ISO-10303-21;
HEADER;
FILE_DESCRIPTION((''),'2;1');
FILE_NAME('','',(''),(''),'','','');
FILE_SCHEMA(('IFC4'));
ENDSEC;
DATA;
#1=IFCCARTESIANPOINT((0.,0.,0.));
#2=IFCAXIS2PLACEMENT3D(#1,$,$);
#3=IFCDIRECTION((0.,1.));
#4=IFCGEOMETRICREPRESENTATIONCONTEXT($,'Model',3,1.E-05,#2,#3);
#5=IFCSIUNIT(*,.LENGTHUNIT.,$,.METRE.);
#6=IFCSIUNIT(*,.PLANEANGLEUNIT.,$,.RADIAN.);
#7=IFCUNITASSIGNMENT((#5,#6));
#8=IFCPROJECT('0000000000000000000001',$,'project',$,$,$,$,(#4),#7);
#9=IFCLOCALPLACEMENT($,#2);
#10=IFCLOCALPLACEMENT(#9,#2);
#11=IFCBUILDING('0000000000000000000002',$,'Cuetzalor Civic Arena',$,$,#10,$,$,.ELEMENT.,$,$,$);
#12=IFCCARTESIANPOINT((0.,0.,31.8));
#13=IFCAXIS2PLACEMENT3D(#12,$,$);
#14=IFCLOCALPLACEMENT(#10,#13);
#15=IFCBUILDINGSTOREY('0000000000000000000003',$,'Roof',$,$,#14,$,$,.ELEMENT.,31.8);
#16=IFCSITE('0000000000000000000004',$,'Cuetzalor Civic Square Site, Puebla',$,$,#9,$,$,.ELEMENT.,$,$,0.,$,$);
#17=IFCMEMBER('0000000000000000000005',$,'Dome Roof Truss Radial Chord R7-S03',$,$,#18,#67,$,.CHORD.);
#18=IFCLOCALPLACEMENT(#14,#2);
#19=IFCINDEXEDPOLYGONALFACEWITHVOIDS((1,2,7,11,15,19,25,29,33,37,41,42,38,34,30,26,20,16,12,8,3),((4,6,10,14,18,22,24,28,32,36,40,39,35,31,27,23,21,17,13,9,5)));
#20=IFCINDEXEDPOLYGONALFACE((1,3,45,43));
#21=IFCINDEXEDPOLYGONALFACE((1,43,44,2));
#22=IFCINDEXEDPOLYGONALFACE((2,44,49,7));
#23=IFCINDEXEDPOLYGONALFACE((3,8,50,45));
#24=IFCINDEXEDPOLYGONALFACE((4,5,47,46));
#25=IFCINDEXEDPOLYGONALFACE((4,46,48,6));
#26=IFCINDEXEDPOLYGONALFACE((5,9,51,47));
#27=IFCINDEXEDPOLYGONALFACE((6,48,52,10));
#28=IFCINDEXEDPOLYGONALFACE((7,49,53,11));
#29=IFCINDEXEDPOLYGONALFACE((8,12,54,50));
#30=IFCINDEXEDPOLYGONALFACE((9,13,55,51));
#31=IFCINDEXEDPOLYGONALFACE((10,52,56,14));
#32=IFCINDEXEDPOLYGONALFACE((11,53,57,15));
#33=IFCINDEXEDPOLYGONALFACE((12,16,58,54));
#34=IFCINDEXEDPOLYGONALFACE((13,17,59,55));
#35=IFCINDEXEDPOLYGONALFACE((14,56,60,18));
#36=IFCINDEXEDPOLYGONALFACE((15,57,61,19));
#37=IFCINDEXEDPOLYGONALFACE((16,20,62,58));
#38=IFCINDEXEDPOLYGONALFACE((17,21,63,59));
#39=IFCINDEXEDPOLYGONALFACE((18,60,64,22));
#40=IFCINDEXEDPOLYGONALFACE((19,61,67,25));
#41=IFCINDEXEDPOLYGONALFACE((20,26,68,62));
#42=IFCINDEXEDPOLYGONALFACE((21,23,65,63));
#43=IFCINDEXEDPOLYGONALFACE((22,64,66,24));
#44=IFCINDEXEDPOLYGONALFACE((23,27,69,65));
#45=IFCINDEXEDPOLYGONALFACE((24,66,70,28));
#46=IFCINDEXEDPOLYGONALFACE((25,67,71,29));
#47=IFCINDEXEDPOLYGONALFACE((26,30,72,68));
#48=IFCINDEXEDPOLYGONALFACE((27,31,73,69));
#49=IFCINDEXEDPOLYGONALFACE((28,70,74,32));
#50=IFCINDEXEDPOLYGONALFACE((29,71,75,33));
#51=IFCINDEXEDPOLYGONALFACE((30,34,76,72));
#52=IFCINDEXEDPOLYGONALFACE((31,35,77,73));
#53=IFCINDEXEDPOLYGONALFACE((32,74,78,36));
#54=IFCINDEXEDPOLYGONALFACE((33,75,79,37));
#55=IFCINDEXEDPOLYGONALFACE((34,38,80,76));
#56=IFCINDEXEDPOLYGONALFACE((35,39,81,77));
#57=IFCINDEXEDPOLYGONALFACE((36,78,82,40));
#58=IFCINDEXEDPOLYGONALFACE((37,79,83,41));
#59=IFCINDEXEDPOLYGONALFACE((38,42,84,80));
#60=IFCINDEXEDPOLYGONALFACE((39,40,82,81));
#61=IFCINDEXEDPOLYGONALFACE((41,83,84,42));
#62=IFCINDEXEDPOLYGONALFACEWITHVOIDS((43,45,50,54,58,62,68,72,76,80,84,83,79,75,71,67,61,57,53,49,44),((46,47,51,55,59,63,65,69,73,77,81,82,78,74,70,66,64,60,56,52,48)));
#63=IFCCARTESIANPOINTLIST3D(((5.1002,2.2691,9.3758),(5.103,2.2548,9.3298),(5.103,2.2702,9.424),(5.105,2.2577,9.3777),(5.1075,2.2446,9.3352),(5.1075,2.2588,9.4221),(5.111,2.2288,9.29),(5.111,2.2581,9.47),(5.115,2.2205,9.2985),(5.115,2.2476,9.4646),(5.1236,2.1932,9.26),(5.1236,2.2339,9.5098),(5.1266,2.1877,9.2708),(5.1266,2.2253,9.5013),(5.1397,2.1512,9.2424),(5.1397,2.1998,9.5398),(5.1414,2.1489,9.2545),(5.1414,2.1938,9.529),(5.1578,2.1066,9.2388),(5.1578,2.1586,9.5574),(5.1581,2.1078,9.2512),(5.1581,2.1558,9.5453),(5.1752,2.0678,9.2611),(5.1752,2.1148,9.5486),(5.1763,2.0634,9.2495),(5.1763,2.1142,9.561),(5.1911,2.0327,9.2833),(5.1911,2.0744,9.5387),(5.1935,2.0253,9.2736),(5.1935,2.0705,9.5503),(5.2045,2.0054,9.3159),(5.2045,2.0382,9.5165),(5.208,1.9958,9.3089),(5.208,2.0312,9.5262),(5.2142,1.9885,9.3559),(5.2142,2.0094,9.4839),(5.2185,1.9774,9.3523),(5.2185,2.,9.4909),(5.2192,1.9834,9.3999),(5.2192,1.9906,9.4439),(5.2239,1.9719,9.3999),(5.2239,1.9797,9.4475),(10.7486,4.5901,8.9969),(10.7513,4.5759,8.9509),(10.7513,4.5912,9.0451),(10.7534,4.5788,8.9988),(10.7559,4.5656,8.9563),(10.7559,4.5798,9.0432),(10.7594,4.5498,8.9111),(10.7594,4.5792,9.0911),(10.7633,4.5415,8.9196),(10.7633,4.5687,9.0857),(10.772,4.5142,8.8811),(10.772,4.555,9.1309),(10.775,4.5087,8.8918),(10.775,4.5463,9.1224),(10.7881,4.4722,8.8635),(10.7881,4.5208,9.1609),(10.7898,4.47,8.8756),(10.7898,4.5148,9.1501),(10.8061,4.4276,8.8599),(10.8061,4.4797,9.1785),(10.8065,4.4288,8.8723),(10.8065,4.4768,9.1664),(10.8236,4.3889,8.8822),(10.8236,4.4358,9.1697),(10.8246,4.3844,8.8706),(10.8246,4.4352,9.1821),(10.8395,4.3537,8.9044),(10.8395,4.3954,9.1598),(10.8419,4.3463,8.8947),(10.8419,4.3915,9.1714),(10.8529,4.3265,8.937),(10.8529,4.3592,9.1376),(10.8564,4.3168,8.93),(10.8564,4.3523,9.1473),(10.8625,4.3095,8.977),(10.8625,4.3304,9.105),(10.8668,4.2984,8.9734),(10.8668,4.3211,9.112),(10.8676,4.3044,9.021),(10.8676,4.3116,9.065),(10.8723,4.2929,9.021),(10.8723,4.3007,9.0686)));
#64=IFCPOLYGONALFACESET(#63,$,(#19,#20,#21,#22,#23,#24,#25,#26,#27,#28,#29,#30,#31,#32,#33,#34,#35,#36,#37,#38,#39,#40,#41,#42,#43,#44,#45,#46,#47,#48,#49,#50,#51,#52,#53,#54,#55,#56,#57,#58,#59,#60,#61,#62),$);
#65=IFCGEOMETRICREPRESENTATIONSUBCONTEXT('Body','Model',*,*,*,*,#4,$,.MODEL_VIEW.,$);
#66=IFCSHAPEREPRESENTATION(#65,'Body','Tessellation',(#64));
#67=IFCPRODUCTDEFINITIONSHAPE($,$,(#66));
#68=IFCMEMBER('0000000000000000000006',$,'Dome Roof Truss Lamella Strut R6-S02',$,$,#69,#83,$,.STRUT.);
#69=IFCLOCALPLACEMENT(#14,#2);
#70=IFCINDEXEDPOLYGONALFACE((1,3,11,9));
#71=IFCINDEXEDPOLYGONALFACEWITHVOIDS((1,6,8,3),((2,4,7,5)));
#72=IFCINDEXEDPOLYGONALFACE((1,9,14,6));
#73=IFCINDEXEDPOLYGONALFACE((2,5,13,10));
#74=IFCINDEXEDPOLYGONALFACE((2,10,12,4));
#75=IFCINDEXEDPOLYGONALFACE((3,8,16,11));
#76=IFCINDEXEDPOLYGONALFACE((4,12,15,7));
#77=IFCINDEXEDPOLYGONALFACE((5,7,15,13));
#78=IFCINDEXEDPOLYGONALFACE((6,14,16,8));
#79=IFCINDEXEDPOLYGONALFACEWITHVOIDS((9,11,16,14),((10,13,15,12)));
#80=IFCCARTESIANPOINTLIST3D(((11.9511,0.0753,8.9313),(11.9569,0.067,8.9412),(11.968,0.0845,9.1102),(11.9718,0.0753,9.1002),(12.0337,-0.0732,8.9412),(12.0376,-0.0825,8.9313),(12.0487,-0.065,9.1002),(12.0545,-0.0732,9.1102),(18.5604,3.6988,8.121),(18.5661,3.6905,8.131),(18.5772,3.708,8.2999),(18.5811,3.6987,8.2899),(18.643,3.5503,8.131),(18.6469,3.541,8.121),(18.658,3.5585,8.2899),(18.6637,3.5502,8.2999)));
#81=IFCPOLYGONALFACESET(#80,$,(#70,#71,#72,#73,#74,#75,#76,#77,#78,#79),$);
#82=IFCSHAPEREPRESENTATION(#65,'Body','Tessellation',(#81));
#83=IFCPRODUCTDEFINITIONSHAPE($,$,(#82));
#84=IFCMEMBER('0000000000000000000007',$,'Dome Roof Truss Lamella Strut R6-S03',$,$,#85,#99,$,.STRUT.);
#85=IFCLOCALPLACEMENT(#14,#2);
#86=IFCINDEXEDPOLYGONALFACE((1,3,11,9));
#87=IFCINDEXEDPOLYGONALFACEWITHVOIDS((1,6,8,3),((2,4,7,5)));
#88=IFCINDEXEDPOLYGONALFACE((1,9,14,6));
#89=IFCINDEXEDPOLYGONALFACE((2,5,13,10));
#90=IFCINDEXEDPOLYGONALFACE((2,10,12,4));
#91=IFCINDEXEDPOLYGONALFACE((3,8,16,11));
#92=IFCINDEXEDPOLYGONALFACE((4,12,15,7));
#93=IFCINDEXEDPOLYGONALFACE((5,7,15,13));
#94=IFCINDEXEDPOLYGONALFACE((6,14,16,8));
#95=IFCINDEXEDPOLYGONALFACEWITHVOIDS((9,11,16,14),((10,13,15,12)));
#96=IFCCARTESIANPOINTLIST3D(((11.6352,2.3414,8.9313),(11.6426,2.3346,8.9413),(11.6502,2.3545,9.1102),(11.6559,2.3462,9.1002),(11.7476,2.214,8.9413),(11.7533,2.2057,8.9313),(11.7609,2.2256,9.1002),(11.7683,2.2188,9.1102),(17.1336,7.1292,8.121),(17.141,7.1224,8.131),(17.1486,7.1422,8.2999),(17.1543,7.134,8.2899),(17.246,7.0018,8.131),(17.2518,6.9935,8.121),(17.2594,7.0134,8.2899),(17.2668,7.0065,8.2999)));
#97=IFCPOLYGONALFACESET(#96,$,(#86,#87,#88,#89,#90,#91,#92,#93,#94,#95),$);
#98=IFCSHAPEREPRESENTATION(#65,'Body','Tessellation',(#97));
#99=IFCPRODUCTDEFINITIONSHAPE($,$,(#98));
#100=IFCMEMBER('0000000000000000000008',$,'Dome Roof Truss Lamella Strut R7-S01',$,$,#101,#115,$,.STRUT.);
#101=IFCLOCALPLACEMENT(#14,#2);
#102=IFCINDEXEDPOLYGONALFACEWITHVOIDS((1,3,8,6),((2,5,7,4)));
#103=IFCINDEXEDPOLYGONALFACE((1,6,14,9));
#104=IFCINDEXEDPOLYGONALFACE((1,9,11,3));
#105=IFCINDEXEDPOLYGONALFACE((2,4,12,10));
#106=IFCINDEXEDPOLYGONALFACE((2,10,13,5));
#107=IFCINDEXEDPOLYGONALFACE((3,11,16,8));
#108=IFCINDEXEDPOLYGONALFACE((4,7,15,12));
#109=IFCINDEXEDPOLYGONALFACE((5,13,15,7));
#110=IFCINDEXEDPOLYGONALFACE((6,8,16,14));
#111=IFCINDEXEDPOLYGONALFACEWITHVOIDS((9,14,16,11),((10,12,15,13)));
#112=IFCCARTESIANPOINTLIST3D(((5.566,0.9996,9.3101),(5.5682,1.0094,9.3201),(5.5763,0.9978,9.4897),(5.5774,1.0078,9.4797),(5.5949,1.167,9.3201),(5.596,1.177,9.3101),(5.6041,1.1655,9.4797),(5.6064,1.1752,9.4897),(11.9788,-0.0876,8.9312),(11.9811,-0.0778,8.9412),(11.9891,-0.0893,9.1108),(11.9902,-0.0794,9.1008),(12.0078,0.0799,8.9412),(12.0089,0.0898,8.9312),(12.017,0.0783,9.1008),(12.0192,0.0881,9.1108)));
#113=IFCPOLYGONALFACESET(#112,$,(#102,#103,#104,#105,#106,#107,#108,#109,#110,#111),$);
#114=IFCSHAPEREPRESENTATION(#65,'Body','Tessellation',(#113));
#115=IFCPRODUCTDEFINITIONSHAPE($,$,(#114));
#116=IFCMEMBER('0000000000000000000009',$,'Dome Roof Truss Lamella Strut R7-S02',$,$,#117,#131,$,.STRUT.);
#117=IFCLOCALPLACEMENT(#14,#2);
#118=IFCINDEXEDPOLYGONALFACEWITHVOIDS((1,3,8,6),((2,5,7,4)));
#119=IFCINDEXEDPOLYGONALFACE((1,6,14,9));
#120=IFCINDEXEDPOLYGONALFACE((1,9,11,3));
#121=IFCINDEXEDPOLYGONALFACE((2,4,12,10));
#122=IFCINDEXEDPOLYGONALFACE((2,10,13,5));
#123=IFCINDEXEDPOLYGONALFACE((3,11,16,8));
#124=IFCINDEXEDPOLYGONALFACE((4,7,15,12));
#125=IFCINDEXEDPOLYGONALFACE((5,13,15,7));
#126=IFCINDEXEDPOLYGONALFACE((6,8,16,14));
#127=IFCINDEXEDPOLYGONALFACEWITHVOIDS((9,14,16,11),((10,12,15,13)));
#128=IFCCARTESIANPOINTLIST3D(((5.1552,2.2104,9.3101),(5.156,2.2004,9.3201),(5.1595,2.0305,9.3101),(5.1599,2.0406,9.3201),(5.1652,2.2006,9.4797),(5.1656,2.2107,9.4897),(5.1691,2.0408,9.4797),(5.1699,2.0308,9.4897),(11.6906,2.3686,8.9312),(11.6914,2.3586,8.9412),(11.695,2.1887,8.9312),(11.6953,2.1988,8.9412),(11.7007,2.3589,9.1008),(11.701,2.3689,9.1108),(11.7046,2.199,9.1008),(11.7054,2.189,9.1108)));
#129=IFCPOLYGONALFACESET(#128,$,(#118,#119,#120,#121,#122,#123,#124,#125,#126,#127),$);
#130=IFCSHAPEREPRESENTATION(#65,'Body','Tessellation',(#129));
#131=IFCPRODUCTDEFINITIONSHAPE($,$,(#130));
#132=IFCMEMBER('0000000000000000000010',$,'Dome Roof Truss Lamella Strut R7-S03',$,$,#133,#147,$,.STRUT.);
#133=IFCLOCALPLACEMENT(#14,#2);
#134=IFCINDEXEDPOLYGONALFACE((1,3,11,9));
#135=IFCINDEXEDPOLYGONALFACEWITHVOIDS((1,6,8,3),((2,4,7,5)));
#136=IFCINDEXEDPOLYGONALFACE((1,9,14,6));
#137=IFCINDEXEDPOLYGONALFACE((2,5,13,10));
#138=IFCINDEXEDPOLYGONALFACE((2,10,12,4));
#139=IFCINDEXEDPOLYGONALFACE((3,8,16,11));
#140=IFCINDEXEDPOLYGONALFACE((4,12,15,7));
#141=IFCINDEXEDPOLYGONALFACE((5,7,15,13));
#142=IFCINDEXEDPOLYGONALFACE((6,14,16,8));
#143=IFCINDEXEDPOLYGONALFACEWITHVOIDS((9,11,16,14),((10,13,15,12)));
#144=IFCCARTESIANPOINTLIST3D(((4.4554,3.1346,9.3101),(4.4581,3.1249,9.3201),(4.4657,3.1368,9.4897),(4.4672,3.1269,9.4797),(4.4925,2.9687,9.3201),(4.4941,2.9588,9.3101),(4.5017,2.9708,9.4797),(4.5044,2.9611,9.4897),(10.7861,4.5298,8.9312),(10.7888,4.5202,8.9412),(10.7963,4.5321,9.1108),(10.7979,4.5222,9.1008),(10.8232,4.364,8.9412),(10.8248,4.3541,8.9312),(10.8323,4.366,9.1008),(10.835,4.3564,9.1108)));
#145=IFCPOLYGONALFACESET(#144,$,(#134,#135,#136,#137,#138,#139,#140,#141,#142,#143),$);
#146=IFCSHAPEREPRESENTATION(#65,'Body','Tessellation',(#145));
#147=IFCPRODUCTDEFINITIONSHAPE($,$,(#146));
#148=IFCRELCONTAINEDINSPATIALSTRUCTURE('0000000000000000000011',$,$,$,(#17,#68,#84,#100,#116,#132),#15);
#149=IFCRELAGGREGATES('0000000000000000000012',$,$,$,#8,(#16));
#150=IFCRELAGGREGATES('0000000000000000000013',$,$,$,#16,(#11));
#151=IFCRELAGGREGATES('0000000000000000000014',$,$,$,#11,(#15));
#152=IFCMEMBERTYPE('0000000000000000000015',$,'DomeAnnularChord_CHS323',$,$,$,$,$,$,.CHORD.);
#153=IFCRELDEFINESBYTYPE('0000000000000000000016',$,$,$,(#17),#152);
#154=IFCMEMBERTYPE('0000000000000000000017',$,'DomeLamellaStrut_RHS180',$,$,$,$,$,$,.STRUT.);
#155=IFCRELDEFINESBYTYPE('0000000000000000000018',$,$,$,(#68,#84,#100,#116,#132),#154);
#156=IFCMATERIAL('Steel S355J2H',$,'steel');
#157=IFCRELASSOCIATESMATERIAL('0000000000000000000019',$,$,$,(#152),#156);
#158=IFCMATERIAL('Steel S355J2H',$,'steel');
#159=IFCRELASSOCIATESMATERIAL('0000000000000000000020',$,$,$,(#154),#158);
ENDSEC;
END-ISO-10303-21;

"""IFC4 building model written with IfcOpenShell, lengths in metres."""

from ifc_helpers import new_model, si_unit, direction, frame, origin, origin_2d, place, context, subcontext, project, spatial, hollow_rectangle, hollow_circle, extrude, material, material_profile, profile_set, type_object, element, save


model = new_model("IFC4")

# Units and contexts
model_context = context("Model", 3, precision=1e-05, world=origin(), true_north=direction((0.0, 1.0)))
body_context = subcontext(model_context, "Body", "Model", "MODEL_VIEW")
ifc_project = project(units=[si_unit("LENGTHUNIT", "METRE"), si_unit("PLANEANGLEUNIT", "RADIAN")], contexts=[model_context])

# Site, building, storey
site_placement = place(None, origin())
site = spatial("IfcSite", under=ifc_project, at=site_placement, Name="Cuetzalor Civic Square Site, Puebla", CompositionType="ELEMENT", RefElevation=0.0)
building_placement = place(site_placement, origin())
building = spatial("IfcBuilding", under=site, at=building_placement, Name="Cuetzalor Civic Arena", CompositionType="ELEMENT")
storey_placement = place(building_placement, frame((0.0, 0.0, 31.8)))
storey = spatial("IfcBuildingStorey", under=building, at=storey_placement, Name="Roof", CompositionType="ELEMENT", Elevation=31.8)

# Members
ifc_material_1 = material(Name="Steel S355J2H", Category="steel")
ifc_material_profile_1 = material_profile(ifc_material_1, hollow_circle(Radius=0.1619, WallThickness=0.0125, at=origin_2d()), Name="CHS 323.9x12.5")
ifc_profile_set_1 = profile_set([ifc_material_profile_1], Name="Steel S355J2H")
member_type_1 = type_object("IfcMemberType", Name="DomeAnnularChord_CHS323", PredefinedType="CHORD", material=ifc_profile_set_1)
member_1_placement = place(storey_placement, frame((10.8108, 4.4426, 9.021), z_axis=(-0.923178, -0.379351, 0.061928), x_axis=(0.38008, -0.924954, 0.0)))
element("IfcMember", 1, at=member_1_placement, inside=storey, type_object=member_type_1, Name="Dome Roof Truss Radial Chord R7-S03", PredefinedType="CHORD", context=body_context, shape_type="SweptSolid", body=[
    extrude(hollow_circle(Radius=0.1619, WallThickness=0.0125, at=origin_2d()), origin(), (0.0, 0.0, 1.0), 6.1184),
])
ifc_material_2 = material(Name="Steel S355J2H", Category="steel")
ifc_material_profile_2 = material_profile(ifc_material_2, hollow_rectangle(XDim=0.1799, YDim=0.1799, WallThickness=0.01, at=origin_2d()), Name="RHS 180x180x10")
ifc_profile_set_2 = profile_set([ifc_material_profile_2], Name="Steel S355J2H")
member_type_2 = type_object("IfcMemberType", Name="DomeLamellaStrut_RHS180", PredefinedType="STRUT", material=ifc_profile_set_2)
member_2_placement = place(storey_placement, frame((18.6121, 3.6245, 8.2104), z_axis=(-0.871843, -0.477981, 0.106887), x_axis=(0.480735, -0.876866, 0.0)))
element("IfcMember", 2, at=member_2_placement, inside=storey, type_object=member_type_2, Name="Dome Roof Truss Lamella Strut R6-S02", PredefinedType="STRUT", context=body_context, shape_type="SweptSolid", body=[
    extrude(hollow_rectangle(XDim=0.1799, YDim=0.1799, WallThickness=0.01, at=origin_2d()), origin(), (0.0, 0.0, 1.0), 7.5808),
])
member_3_placement = place(storey_placement, frame((17.2002, 7.0679, 8.2104), z_axis=(-0.749548, -0.652668, 0.110459), x_axis=(0.656687, -0.754163, 0.0)))
element("IfcMember", 3, at=member_3_placement, inside=storey, type_object=member_type_2, Name="Dome Roof Truss Lamella Strut R6-S03", PredefinedType="STRUT", context=body_context, shape_type="SweptSolid", body=[
    extrude(hollow_rectangle(XDim=0.1799, YDim=0.1799, WallThickness=0.01, at=origin_2d()), origin(), (0.0, 0.0, 1.0), 7.3357),
])
member_4_placement = place(storey_placement, frame((11.999, 0.0002, 9.021), z_axis=(-0.984264, 0.166861, 0.058156), x_axis=(-0.167143, -0.985933, 0.0)))
element("IfcMember", 4, at=member_4_placement, inside=storey, type_object=member_type_2, Name="Dome Roof Truss Lamella Strut R7-S01", PredefinedType="STRUT", context=body_context, shape_type="SweptSolid", body=[
    extrude(hollow_rectangle(XDim=0.1799, YDim=0.1799, WallThickness=0.01, at=origin_2d()), origin(), (0.0, 0.0, 1.0), 6.5154),
])
member_5_placement = place(storey_placement, frame((11.698, 2.2788, 9.021), z_axis=(-0.998032, -0.024159, 0.057863), x_axis=(0.0242, -0.999707, 0.0)))
element("IfcMember", 5, at=member_5_placement, inside=storey, type_object=member_type_2, Name="Dome Roof Truss Lamella Strut R7-S02", PredefinedType="STRUT", context=body_context, shape_type="SweptSolid", body=[
    extrude(hollow_rectangle(XDim=0.1799, YDim=0.1799, WallThickness=0.01, at=origin_2d()), origin(), (0.0, 0.0, 1.0), 6.5483),
])
member_6_placement = place(storey_placement, frame((10.8105, 4.4431, 9.021), z_axis=(-0.974898, -0.214869, 0.058351), x_axis=(0.215235, -0.976562, 0.0)))
element("IfcMember", 6, at=member_6_placement, inside=storey, type_object=member_type_2, Name="Dome Roof Truss Lamella Strut R7-S03", PredefinedType="STRUT", context=body_context, shape_type="SweptSolid", body=[
    extrude(hollow_rectangle(XDim=0.1799, YDim=0.1799, WallThickness=0.01, at=origin_2d()), origin(), (0.0, 0.0, 1.0), 6.4937),
])

save(model, "model.ifc")
